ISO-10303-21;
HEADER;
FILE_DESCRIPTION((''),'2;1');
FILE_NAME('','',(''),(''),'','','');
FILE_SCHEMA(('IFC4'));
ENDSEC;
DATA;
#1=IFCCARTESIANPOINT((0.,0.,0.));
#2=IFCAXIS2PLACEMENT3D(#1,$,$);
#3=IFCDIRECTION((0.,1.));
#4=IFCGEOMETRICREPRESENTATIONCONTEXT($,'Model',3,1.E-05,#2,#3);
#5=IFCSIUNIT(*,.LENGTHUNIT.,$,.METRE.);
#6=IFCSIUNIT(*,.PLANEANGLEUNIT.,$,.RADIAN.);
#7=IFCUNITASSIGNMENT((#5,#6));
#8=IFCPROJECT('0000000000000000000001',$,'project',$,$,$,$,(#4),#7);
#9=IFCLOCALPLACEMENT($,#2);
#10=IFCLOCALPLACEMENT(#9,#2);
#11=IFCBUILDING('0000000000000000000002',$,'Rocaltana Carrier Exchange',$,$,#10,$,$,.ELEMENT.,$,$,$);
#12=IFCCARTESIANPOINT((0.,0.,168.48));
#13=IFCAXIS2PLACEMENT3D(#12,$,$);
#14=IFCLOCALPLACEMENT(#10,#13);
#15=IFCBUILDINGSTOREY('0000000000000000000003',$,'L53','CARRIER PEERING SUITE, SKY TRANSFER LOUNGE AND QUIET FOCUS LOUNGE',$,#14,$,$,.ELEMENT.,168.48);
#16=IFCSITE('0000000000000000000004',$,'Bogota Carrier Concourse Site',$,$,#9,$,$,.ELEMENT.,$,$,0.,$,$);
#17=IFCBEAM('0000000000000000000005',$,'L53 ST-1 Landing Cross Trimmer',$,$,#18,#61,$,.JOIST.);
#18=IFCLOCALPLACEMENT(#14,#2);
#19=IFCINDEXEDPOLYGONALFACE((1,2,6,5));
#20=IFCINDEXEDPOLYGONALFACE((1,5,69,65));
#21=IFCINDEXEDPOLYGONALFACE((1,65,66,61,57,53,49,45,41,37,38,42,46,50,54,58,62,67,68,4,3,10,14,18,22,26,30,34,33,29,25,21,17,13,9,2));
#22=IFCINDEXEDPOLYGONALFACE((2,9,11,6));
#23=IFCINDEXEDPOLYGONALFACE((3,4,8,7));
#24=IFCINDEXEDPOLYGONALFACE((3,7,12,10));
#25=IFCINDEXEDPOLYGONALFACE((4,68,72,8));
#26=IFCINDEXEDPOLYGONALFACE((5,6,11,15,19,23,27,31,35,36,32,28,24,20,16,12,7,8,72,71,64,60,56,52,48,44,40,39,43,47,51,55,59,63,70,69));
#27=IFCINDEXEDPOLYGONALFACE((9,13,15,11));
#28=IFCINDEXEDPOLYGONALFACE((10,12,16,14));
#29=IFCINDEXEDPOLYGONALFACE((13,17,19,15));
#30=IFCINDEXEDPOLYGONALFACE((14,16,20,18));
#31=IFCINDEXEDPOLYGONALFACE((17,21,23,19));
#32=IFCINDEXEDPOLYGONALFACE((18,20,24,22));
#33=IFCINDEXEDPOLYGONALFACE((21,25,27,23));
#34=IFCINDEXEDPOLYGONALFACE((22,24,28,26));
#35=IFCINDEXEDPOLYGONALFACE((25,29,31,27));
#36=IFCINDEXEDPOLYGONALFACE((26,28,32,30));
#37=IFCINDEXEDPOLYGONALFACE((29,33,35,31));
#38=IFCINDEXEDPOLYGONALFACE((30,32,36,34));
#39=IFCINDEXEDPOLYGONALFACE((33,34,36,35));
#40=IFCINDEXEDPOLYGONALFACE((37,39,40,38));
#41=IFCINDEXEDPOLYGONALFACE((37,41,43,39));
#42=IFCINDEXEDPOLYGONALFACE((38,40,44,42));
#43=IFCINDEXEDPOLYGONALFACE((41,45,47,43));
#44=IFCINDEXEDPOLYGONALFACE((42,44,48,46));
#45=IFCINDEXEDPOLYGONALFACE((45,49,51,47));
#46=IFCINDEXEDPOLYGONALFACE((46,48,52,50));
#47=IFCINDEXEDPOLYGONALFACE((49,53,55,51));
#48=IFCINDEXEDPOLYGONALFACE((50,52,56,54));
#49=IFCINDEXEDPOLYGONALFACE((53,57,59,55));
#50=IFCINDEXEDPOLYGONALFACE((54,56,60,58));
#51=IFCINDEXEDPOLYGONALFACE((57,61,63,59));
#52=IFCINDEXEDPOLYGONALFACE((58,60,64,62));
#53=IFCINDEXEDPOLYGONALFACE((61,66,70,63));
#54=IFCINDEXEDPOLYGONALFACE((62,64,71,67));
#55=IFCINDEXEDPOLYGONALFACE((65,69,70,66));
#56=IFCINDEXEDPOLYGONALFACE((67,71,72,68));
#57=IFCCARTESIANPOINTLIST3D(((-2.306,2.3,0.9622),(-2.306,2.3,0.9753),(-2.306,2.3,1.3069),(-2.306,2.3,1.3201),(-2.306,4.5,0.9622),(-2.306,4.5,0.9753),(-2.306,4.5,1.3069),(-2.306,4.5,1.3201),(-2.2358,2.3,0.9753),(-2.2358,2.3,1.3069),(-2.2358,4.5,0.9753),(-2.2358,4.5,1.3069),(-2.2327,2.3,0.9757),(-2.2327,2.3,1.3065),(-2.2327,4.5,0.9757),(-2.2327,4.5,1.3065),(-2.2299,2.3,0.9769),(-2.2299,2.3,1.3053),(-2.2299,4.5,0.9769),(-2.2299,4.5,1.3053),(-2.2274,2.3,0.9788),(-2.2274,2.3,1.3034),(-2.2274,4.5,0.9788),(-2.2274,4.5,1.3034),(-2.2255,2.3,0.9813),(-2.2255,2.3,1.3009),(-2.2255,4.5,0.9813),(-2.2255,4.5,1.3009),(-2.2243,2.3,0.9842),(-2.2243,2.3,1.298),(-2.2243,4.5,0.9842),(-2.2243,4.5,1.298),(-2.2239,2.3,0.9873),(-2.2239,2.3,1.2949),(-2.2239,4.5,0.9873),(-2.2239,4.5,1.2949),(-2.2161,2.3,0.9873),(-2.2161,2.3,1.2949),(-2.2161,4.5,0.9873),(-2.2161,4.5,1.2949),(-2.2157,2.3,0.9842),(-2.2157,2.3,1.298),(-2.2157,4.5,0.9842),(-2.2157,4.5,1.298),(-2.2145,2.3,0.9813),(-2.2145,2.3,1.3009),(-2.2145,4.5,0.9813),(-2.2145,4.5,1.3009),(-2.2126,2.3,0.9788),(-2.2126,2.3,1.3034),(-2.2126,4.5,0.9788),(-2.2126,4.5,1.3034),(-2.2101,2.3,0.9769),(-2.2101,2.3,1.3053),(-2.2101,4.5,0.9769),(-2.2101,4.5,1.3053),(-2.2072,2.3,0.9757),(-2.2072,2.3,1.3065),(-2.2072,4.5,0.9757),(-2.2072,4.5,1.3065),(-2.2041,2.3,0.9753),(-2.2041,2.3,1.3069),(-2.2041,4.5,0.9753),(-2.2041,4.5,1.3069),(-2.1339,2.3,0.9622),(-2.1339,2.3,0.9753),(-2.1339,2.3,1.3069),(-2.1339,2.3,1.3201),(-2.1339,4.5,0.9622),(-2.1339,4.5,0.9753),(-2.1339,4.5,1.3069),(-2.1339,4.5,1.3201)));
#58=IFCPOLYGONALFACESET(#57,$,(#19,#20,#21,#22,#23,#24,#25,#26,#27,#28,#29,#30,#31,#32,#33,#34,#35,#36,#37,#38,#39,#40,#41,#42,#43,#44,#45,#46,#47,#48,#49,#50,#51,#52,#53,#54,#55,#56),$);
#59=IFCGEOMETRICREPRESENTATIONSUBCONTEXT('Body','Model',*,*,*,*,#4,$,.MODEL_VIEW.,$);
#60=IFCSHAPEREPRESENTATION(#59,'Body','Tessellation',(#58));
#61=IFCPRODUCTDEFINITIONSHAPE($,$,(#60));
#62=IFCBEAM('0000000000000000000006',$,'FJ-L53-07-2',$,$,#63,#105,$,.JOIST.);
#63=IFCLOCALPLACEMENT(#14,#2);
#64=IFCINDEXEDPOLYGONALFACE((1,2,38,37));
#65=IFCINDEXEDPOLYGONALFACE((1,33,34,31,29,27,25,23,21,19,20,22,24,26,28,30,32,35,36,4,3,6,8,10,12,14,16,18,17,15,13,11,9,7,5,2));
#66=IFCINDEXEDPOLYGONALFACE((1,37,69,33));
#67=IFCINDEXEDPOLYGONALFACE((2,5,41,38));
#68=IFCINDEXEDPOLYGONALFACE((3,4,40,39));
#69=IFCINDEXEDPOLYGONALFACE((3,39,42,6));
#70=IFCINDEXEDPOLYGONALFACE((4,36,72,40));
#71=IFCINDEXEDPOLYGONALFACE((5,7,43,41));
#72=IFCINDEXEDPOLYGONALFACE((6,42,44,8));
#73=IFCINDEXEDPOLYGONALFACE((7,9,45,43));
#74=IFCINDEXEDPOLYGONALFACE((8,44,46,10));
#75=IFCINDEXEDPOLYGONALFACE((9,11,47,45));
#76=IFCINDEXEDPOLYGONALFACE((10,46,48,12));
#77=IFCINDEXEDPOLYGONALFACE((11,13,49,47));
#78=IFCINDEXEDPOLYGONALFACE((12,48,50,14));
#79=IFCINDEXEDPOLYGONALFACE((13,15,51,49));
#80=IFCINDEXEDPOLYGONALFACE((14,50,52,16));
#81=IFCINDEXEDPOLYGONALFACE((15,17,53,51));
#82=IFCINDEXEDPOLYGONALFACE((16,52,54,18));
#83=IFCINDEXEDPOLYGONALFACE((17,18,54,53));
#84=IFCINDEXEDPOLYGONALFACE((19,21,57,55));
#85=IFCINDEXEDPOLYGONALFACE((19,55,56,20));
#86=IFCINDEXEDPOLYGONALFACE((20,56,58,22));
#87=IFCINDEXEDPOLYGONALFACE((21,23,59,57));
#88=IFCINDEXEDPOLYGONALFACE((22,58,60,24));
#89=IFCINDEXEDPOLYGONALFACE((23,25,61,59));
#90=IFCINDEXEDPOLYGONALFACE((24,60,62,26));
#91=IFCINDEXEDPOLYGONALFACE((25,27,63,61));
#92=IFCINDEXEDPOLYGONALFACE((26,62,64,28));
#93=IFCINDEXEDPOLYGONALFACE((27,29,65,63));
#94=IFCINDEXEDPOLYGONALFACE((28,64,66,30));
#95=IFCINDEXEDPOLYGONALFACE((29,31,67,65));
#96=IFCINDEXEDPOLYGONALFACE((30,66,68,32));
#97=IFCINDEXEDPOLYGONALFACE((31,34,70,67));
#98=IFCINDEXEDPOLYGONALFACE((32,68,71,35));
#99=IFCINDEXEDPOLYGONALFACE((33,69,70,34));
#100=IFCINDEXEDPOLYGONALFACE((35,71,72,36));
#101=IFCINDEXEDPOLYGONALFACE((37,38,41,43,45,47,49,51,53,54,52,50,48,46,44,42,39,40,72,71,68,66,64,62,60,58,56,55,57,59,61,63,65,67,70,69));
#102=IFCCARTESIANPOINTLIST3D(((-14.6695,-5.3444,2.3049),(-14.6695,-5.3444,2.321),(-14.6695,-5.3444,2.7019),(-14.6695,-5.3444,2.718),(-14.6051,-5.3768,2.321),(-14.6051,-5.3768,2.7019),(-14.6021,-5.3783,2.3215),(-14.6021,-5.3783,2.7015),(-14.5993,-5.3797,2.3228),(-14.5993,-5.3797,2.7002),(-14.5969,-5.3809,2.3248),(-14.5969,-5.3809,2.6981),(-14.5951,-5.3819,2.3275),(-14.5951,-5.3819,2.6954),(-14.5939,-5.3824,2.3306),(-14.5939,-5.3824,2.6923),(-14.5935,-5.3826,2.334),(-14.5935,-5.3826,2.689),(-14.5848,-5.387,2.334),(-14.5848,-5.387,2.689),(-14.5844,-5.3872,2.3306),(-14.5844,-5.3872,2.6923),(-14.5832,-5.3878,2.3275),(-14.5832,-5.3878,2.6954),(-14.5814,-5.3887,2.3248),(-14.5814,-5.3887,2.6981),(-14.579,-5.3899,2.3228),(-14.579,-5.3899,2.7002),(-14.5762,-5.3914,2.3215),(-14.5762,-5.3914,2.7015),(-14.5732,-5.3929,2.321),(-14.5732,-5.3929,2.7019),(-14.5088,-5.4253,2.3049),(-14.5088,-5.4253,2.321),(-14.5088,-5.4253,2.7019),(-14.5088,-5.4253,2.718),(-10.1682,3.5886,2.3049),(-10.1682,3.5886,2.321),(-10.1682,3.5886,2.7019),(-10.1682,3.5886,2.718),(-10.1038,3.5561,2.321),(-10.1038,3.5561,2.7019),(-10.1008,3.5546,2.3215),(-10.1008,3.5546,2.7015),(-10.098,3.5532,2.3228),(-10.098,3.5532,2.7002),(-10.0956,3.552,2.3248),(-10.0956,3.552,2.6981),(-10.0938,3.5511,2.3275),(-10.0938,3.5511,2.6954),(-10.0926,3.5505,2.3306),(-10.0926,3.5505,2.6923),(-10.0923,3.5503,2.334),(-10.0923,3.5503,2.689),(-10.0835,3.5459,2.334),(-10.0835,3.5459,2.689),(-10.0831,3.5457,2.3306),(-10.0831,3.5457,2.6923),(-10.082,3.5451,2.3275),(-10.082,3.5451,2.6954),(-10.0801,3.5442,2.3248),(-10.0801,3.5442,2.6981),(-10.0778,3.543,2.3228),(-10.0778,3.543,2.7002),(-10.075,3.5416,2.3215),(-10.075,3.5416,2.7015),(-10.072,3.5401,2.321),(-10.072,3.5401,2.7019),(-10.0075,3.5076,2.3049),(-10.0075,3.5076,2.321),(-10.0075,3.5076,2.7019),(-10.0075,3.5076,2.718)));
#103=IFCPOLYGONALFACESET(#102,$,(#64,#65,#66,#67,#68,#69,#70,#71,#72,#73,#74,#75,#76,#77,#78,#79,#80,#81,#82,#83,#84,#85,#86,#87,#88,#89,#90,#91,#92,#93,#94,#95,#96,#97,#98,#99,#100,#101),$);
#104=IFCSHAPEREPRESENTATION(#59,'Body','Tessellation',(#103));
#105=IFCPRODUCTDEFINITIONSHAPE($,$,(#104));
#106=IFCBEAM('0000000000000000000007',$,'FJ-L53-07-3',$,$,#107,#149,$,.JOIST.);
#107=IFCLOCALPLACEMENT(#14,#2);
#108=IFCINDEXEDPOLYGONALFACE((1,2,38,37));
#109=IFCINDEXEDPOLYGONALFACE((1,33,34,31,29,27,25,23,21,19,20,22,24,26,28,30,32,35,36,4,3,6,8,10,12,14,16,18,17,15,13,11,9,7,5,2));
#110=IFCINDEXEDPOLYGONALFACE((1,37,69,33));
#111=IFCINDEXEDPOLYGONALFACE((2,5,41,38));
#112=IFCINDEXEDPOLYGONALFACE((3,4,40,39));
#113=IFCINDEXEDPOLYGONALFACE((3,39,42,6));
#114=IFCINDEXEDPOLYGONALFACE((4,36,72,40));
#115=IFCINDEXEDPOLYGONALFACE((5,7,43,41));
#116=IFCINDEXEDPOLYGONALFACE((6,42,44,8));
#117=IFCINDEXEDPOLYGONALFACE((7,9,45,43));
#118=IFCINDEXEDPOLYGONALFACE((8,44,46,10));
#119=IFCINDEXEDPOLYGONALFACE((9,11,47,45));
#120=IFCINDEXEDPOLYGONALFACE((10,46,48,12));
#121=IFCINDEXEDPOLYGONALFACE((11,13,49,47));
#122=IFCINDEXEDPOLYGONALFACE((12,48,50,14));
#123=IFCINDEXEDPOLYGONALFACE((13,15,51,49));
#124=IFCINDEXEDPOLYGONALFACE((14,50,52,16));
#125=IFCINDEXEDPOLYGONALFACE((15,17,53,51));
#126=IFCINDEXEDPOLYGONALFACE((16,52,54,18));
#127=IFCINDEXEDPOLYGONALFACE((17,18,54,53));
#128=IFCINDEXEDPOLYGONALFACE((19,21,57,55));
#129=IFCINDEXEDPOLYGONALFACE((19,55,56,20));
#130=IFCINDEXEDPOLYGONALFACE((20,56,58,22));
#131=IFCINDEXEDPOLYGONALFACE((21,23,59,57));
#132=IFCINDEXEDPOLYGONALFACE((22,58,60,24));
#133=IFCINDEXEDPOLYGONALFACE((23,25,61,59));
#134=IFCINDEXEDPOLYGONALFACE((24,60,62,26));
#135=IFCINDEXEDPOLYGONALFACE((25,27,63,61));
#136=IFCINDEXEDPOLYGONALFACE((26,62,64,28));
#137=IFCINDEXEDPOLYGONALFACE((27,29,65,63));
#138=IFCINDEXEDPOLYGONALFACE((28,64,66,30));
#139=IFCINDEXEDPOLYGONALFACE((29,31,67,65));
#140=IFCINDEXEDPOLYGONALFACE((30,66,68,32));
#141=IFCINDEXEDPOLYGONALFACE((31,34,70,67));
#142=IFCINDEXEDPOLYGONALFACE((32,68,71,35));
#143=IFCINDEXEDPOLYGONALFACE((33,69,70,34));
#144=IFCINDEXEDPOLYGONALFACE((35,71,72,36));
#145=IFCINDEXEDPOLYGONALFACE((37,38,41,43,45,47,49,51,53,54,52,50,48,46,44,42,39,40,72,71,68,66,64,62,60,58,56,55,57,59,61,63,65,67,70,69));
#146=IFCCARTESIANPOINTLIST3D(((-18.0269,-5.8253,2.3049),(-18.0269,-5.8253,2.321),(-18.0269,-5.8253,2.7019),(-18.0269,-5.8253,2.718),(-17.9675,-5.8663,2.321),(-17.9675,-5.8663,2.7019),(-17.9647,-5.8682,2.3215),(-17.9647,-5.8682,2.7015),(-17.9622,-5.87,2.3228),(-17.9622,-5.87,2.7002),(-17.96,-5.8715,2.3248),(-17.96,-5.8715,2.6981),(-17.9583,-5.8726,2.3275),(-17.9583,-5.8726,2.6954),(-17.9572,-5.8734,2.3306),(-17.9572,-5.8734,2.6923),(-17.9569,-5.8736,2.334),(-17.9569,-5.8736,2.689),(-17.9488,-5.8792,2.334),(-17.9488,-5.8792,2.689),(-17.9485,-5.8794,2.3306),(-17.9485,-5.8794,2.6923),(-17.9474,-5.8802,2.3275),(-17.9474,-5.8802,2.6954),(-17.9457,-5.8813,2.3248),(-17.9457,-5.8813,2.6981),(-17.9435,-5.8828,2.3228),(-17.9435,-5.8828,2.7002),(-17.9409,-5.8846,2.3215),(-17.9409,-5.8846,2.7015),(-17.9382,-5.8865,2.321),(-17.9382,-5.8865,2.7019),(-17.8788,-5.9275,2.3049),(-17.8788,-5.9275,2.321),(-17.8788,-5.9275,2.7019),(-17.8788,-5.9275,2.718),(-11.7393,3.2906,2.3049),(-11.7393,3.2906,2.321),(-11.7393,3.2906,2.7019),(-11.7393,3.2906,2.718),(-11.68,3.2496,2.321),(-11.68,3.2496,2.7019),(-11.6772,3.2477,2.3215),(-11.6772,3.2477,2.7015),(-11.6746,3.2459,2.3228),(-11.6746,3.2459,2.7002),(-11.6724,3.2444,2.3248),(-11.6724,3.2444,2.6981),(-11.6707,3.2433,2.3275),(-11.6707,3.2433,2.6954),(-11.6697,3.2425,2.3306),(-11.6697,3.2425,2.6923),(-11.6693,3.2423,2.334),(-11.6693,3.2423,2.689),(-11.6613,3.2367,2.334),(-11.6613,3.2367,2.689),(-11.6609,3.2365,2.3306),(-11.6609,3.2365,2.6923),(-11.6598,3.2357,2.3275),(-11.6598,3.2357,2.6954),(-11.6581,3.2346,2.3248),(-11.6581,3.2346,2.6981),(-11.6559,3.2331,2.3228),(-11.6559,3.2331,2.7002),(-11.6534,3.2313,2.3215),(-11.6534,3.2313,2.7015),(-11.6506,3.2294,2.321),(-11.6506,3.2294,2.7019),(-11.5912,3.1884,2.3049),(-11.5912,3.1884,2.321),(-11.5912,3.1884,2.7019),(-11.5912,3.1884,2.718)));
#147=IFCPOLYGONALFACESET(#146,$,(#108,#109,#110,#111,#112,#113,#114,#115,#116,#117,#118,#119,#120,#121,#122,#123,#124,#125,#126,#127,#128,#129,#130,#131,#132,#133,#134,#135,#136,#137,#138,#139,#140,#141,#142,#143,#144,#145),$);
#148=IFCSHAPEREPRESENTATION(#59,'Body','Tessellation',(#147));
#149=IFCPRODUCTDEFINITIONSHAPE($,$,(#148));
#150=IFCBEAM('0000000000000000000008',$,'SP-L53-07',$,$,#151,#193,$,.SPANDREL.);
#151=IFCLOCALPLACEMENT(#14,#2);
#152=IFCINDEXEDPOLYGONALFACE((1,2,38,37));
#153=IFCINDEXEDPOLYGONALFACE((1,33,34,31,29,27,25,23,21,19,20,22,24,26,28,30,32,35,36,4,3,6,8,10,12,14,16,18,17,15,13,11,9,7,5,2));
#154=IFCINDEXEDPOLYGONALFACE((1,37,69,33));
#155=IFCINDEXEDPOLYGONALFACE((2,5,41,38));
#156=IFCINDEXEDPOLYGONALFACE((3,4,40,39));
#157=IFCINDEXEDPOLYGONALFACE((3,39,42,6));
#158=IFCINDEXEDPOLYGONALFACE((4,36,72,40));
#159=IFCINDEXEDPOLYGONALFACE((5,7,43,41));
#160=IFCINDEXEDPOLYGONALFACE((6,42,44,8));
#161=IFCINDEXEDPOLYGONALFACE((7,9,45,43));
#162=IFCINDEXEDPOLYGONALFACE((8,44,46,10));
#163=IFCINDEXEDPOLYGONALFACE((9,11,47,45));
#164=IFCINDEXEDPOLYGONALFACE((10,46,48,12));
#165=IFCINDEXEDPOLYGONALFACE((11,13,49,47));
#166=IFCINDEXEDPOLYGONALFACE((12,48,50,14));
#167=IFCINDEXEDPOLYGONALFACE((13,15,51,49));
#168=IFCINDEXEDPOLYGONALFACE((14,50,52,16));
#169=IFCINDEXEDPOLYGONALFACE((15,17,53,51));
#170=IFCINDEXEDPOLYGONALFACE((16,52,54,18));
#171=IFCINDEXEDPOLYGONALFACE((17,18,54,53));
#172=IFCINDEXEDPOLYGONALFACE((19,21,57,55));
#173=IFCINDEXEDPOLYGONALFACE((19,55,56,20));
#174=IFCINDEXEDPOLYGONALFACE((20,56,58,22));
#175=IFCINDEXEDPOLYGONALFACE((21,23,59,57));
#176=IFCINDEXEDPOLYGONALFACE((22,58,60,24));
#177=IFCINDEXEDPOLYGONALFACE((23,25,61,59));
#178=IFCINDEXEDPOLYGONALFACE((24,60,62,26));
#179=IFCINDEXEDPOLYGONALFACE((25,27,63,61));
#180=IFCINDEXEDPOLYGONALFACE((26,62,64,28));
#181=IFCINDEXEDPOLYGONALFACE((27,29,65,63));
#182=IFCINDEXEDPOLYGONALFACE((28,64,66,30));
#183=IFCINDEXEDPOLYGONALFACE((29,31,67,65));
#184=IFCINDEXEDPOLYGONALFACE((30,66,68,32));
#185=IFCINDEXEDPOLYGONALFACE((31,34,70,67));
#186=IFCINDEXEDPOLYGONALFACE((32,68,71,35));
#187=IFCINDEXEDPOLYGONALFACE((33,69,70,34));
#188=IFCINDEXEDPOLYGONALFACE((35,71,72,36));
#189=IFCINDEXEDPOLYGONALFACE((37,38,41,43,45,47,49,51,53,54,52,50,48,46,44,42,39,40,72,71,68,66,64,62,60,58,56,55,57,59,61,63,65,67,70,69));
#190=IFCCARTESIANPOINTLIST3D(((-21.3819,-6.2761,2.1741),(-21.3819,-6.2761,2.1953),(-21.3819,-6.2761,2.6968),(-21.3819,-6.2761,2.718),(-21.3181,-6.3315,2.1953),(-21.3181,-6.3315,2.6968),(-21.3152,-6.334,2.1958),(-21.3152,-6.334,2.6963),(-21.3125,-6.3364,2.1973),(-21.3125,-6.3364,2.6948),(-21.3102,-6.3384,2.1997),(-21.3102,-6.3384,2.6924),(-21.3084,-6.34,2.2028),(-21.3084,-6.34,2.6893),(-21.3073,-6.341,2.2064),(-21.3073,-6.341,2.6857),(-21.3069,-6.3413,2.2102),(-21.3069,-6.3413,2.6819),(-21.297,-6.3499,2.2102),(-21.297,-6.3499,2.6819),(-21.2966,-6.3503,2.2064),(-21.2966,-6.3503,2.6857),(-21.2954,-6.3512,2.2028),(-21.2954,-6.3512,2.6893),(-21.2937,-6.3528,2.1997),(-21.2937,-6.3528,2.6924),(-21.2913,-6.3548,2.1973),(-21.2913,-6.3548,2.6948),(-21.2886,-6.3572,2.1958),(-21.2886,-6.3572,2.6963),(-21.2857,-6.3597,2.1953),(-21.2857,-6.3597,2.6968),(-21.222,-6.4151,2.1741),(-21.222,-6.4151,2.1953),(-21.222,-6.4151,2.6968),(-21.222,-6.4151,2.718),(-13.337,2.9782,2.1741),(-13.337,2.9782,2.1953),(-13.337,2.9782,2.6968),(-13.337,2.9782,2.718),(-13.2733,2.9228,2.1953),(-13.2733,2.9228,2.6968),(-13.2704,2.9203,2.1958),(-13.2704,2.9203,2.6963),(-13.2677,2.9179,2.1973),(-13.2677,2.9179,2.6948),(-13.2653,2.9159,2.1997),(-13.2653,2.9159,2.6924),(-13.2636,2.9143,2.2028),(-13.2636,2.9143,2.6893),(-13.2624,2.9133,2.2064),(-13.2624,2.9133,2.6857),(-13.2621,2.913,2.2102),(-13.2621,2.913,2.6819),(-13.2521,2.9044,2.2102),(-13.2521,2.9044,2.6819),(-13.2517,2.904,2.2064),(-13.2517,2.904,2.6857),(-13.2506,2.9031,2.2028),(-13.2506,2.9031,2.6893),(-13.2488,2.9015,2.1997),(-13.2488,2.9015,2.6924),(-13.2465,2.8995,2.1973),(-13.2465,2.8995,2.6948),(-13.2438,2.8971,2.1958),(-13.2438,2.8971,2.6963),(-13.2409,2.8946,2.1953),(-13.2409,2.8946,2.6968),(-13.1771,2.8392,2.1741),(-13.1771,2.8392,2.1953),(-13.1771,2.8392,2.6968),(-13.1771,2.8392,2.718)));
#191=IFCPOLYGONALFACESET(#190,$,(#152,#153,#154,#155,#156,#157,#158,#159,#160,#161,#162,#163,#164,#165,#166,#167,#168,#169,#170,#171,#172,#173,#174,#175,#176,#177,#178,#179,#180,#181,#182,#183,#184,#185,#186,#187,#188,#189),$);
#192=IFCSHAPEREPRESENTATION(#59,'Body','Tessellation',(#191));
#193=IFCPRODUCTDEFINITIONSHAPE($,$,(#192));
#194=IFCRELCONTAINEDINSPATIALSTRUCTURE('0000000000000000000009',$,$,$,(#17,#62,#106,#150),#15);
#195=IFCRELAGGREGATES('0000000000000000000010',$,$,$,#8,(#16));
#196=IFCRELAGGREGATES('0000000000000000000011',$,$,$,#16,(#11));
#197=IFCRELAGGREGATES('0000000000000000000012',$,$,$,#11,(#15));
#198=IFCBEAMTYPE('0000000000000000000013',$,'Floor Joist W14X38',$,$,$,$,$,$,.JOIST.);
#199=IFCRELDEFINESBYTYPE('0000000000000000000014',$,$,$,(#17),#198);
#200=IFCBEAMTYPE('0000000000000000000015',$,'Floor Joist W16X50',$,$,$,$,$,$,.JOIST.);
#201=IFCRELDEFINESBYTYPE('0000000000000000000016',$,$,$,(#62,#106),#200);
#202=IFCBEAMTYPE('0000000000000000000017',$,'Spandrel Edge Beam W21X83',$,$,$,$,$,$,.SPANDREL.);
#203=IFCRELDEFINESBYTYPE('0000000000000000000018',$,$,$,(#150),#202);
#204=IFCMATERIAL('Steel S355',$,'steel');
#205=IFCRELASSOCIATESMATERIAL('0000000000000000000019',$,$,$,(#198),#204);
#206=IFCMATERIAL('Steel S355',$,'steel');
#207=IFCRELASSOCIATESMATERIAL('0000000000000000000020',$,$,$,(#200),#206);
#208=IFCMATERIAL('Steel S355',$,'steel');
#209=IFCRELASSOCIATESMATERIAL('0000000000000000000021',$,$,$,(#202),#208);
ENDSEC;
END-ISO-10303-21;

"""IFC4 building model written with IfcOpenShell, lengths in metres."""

from ifc_helpers import new_model, si_unit, direction, frame, origin, origin_2d, place, context, subcontext, project, spatial, i_section, extrude, material, material_profile, profile_set, type_object, element, save


model = new_model("IFC4")

# Units and contexts
model_context = context("Model", 3, precision=1e-05, world=origin(), true_north=direction((0.0, 1.0)))
body_context = subcontext(model_context, "Body", "Model", "MODEL_VIEW")
ifc_project = project(units=[si_unit("LENGTHUNIT", "METRE"), si_unit("PLANEANGLEUNIT", "RADIAN")], contexts=[model_context])

# Site, building, storey
site_placement = place(None, origin())
site = spatial("IfcSite", under=ifc_project, at=site_placement, Name="Bogota Carrier Concourse Site", CompositionType="ELEMENT", RefElevation=0.0)
building_placement = place(site_placement, origin())
building = spatial("IfcBuilding", under=site, at=building_placement, Name="Rocaltana Carrier Exchange", CompositionType="ELEMENT")
storey_placement = place(building_placement, frame((0.0, 0.0, 168.48)))
storey = spatial("IfcBuildingStorey", under=building, at=storey_placement, Name="L53", Description="CARRIER PEERING SUITE, SKY TRANSFER LOUNGE AND QUIET FOCUS LOUNGE", CompositionType="ELEMENT", Elevation=168.48)

# Beams
ifc_material_1 = material(Name="Steel S355", Category="steel")
ifc_material_profile_1 = material_profile(ifc_material_1, i_section(OverallWidth=0.1721, OverallDepth=0.3579, WebThickness=0.0078, FlangeThickness=0.0132, FilletRadius=0.012, at=origin_2d()), Name="W14X38")
ifc_profile_set_1 = profile_set([ifc_material_profile_1], Name="Steel S355")
beam_type_1 = type_object("IfcBeamType", Name="Floor Joist W14X38", PredefinedType="JOIST", material=ifc_profile_set_1)
beam_1_placement = place(storey_placement, frame((-2.22, 2.3, 1.1411), z_axis=(0.0, 1.0, 0.0), x_axis=(-1.0, 0.0, 0.0)))
element("IfcBeam", 1, at=beam_1_placement, inside=storey, type_object=beam_type_1, Name="L53 ST-1 Landing Cross Trimmer", PredefinedType="JOIST", context=body_context, shape_type="SweptSolid", body=[
    extrude(i_section(OverallWidth=0.1721, OverallDepth=0.3579, WebThickness=0.0078, FlangeThickness=0.0132, FilletRadius=0.012, at=origin_2d()), origin(), (0.0, 0.0, 1.0), 2.2),
])
ifc_material_2 = material(Name="Steel S355", Category="steel")
ifc_material_profile_2 = material_profile(ifc_material_2, i_section(OverallWidth=0.1799, OverallDepth=0.4131, WebThickness=0.0098, FlangeThickness=0.0161, FilletRadius=0.0129, at=origin_2d()), Name="W16X50")
ifc_profile_set_2 = profile_set([ifc_material_profile_2], Name="Steel S355")
beam_type_2 = type_object("IfcBeamType", Name="Floor Joist W16X50", PredefinedType="JOIST", material=ifc_profile_set_2)
beam_2_placement = place(storey_placement, frame((-10.0879, 3.5481, 2.5115), z_axis=(-0.449994, -0.893032, 0.0), x_axis=(0.893032, -0.449994, 0.0)))
element("IfcBeam", 2, at=beam_2_placement, inside=storey, type_object=beam_type_2, Name="FJ-L53-07-2", PredefinedType="JOIST", context=body_context, shape_type="SweptSolid", body=[
    extrude(i_section(OverallWidth=0.1799, OverallDepth=0.4131, WebThickness=0.0098, FlangeThickness=0.0161, FilletRadius=0.0129, at=origin_2d()), origin(), (0.0, 0.0, 1.0), 10.0029),
])
beam_3_placement = place(storey_placement, frame((-11.6653, 3.2395, 2.5115), z_axis=(-0.567777, -0.823182, 0.0), x_axis=(0.823182, -0.567777, 0.0)))
element("IfcBeam", 3, at=beam_3_placement, inside=storey, type_object=beam_type_2, Name="FJ-L53-07-3", PredefinedType="JOIST", context=body_context, shape_type="SweptSolid", body=[
    extrude(i_section(OverallWidth=0.1799, OverallDepth=0.4131, WebThickness=0.0098, FlangeThickness=0.0161, FilletRadius=0.0129, at=origin_2d()), origin(), (0.0, 0.0, 1.0), 11.074),
])
ifc_material_3 = material(Name="Steel S355", Category="steel")
ifc_material_profile_3 = material_profile(ifc_material_3, i_section(OverallWidth=0.2119, OverallDepth=0.5439, WebThickness=0.0132, FlangeThickness=0.0212, FilletRadius=0.0149, at=origin_2d()), Name="W21X83")
ifc_profile_set_3 = profile_set([ifc_material_profile_3], Name="Steel S355")
beam_type_3 = type_object("IfcBeamType", Name="Spandrel Edge Beam W21X83", PredefinedType="SPANDREL", material=ifc_profile_set_3)
beam_4_placement = place(storey_placement, frame((-13.2571, 2.9087, 2.446), z_axis=(-0.656068, -0.754702, 0.0), x_axis=(0.754702, -0.656068, 0.0)))
element("IfcBeam", 4, at=beam_4_placement, inside=storey, type_object=beam_type_3, Name="SP-L53-07", PredefinedType="SPANDREL", context=body_context, shape_type="SweptSolid", body=[
    extrude(i_section(OverallWidth=0.2119, OverallDepth=0.5439, WebThickness=0.0132, FlangeThickness=0.0212, FilletRadius=0.0149, at=origin_2d()), origin(), (0.0, 0.0, 1.0), 12.2622),
])

save(model, "model.ifc")
